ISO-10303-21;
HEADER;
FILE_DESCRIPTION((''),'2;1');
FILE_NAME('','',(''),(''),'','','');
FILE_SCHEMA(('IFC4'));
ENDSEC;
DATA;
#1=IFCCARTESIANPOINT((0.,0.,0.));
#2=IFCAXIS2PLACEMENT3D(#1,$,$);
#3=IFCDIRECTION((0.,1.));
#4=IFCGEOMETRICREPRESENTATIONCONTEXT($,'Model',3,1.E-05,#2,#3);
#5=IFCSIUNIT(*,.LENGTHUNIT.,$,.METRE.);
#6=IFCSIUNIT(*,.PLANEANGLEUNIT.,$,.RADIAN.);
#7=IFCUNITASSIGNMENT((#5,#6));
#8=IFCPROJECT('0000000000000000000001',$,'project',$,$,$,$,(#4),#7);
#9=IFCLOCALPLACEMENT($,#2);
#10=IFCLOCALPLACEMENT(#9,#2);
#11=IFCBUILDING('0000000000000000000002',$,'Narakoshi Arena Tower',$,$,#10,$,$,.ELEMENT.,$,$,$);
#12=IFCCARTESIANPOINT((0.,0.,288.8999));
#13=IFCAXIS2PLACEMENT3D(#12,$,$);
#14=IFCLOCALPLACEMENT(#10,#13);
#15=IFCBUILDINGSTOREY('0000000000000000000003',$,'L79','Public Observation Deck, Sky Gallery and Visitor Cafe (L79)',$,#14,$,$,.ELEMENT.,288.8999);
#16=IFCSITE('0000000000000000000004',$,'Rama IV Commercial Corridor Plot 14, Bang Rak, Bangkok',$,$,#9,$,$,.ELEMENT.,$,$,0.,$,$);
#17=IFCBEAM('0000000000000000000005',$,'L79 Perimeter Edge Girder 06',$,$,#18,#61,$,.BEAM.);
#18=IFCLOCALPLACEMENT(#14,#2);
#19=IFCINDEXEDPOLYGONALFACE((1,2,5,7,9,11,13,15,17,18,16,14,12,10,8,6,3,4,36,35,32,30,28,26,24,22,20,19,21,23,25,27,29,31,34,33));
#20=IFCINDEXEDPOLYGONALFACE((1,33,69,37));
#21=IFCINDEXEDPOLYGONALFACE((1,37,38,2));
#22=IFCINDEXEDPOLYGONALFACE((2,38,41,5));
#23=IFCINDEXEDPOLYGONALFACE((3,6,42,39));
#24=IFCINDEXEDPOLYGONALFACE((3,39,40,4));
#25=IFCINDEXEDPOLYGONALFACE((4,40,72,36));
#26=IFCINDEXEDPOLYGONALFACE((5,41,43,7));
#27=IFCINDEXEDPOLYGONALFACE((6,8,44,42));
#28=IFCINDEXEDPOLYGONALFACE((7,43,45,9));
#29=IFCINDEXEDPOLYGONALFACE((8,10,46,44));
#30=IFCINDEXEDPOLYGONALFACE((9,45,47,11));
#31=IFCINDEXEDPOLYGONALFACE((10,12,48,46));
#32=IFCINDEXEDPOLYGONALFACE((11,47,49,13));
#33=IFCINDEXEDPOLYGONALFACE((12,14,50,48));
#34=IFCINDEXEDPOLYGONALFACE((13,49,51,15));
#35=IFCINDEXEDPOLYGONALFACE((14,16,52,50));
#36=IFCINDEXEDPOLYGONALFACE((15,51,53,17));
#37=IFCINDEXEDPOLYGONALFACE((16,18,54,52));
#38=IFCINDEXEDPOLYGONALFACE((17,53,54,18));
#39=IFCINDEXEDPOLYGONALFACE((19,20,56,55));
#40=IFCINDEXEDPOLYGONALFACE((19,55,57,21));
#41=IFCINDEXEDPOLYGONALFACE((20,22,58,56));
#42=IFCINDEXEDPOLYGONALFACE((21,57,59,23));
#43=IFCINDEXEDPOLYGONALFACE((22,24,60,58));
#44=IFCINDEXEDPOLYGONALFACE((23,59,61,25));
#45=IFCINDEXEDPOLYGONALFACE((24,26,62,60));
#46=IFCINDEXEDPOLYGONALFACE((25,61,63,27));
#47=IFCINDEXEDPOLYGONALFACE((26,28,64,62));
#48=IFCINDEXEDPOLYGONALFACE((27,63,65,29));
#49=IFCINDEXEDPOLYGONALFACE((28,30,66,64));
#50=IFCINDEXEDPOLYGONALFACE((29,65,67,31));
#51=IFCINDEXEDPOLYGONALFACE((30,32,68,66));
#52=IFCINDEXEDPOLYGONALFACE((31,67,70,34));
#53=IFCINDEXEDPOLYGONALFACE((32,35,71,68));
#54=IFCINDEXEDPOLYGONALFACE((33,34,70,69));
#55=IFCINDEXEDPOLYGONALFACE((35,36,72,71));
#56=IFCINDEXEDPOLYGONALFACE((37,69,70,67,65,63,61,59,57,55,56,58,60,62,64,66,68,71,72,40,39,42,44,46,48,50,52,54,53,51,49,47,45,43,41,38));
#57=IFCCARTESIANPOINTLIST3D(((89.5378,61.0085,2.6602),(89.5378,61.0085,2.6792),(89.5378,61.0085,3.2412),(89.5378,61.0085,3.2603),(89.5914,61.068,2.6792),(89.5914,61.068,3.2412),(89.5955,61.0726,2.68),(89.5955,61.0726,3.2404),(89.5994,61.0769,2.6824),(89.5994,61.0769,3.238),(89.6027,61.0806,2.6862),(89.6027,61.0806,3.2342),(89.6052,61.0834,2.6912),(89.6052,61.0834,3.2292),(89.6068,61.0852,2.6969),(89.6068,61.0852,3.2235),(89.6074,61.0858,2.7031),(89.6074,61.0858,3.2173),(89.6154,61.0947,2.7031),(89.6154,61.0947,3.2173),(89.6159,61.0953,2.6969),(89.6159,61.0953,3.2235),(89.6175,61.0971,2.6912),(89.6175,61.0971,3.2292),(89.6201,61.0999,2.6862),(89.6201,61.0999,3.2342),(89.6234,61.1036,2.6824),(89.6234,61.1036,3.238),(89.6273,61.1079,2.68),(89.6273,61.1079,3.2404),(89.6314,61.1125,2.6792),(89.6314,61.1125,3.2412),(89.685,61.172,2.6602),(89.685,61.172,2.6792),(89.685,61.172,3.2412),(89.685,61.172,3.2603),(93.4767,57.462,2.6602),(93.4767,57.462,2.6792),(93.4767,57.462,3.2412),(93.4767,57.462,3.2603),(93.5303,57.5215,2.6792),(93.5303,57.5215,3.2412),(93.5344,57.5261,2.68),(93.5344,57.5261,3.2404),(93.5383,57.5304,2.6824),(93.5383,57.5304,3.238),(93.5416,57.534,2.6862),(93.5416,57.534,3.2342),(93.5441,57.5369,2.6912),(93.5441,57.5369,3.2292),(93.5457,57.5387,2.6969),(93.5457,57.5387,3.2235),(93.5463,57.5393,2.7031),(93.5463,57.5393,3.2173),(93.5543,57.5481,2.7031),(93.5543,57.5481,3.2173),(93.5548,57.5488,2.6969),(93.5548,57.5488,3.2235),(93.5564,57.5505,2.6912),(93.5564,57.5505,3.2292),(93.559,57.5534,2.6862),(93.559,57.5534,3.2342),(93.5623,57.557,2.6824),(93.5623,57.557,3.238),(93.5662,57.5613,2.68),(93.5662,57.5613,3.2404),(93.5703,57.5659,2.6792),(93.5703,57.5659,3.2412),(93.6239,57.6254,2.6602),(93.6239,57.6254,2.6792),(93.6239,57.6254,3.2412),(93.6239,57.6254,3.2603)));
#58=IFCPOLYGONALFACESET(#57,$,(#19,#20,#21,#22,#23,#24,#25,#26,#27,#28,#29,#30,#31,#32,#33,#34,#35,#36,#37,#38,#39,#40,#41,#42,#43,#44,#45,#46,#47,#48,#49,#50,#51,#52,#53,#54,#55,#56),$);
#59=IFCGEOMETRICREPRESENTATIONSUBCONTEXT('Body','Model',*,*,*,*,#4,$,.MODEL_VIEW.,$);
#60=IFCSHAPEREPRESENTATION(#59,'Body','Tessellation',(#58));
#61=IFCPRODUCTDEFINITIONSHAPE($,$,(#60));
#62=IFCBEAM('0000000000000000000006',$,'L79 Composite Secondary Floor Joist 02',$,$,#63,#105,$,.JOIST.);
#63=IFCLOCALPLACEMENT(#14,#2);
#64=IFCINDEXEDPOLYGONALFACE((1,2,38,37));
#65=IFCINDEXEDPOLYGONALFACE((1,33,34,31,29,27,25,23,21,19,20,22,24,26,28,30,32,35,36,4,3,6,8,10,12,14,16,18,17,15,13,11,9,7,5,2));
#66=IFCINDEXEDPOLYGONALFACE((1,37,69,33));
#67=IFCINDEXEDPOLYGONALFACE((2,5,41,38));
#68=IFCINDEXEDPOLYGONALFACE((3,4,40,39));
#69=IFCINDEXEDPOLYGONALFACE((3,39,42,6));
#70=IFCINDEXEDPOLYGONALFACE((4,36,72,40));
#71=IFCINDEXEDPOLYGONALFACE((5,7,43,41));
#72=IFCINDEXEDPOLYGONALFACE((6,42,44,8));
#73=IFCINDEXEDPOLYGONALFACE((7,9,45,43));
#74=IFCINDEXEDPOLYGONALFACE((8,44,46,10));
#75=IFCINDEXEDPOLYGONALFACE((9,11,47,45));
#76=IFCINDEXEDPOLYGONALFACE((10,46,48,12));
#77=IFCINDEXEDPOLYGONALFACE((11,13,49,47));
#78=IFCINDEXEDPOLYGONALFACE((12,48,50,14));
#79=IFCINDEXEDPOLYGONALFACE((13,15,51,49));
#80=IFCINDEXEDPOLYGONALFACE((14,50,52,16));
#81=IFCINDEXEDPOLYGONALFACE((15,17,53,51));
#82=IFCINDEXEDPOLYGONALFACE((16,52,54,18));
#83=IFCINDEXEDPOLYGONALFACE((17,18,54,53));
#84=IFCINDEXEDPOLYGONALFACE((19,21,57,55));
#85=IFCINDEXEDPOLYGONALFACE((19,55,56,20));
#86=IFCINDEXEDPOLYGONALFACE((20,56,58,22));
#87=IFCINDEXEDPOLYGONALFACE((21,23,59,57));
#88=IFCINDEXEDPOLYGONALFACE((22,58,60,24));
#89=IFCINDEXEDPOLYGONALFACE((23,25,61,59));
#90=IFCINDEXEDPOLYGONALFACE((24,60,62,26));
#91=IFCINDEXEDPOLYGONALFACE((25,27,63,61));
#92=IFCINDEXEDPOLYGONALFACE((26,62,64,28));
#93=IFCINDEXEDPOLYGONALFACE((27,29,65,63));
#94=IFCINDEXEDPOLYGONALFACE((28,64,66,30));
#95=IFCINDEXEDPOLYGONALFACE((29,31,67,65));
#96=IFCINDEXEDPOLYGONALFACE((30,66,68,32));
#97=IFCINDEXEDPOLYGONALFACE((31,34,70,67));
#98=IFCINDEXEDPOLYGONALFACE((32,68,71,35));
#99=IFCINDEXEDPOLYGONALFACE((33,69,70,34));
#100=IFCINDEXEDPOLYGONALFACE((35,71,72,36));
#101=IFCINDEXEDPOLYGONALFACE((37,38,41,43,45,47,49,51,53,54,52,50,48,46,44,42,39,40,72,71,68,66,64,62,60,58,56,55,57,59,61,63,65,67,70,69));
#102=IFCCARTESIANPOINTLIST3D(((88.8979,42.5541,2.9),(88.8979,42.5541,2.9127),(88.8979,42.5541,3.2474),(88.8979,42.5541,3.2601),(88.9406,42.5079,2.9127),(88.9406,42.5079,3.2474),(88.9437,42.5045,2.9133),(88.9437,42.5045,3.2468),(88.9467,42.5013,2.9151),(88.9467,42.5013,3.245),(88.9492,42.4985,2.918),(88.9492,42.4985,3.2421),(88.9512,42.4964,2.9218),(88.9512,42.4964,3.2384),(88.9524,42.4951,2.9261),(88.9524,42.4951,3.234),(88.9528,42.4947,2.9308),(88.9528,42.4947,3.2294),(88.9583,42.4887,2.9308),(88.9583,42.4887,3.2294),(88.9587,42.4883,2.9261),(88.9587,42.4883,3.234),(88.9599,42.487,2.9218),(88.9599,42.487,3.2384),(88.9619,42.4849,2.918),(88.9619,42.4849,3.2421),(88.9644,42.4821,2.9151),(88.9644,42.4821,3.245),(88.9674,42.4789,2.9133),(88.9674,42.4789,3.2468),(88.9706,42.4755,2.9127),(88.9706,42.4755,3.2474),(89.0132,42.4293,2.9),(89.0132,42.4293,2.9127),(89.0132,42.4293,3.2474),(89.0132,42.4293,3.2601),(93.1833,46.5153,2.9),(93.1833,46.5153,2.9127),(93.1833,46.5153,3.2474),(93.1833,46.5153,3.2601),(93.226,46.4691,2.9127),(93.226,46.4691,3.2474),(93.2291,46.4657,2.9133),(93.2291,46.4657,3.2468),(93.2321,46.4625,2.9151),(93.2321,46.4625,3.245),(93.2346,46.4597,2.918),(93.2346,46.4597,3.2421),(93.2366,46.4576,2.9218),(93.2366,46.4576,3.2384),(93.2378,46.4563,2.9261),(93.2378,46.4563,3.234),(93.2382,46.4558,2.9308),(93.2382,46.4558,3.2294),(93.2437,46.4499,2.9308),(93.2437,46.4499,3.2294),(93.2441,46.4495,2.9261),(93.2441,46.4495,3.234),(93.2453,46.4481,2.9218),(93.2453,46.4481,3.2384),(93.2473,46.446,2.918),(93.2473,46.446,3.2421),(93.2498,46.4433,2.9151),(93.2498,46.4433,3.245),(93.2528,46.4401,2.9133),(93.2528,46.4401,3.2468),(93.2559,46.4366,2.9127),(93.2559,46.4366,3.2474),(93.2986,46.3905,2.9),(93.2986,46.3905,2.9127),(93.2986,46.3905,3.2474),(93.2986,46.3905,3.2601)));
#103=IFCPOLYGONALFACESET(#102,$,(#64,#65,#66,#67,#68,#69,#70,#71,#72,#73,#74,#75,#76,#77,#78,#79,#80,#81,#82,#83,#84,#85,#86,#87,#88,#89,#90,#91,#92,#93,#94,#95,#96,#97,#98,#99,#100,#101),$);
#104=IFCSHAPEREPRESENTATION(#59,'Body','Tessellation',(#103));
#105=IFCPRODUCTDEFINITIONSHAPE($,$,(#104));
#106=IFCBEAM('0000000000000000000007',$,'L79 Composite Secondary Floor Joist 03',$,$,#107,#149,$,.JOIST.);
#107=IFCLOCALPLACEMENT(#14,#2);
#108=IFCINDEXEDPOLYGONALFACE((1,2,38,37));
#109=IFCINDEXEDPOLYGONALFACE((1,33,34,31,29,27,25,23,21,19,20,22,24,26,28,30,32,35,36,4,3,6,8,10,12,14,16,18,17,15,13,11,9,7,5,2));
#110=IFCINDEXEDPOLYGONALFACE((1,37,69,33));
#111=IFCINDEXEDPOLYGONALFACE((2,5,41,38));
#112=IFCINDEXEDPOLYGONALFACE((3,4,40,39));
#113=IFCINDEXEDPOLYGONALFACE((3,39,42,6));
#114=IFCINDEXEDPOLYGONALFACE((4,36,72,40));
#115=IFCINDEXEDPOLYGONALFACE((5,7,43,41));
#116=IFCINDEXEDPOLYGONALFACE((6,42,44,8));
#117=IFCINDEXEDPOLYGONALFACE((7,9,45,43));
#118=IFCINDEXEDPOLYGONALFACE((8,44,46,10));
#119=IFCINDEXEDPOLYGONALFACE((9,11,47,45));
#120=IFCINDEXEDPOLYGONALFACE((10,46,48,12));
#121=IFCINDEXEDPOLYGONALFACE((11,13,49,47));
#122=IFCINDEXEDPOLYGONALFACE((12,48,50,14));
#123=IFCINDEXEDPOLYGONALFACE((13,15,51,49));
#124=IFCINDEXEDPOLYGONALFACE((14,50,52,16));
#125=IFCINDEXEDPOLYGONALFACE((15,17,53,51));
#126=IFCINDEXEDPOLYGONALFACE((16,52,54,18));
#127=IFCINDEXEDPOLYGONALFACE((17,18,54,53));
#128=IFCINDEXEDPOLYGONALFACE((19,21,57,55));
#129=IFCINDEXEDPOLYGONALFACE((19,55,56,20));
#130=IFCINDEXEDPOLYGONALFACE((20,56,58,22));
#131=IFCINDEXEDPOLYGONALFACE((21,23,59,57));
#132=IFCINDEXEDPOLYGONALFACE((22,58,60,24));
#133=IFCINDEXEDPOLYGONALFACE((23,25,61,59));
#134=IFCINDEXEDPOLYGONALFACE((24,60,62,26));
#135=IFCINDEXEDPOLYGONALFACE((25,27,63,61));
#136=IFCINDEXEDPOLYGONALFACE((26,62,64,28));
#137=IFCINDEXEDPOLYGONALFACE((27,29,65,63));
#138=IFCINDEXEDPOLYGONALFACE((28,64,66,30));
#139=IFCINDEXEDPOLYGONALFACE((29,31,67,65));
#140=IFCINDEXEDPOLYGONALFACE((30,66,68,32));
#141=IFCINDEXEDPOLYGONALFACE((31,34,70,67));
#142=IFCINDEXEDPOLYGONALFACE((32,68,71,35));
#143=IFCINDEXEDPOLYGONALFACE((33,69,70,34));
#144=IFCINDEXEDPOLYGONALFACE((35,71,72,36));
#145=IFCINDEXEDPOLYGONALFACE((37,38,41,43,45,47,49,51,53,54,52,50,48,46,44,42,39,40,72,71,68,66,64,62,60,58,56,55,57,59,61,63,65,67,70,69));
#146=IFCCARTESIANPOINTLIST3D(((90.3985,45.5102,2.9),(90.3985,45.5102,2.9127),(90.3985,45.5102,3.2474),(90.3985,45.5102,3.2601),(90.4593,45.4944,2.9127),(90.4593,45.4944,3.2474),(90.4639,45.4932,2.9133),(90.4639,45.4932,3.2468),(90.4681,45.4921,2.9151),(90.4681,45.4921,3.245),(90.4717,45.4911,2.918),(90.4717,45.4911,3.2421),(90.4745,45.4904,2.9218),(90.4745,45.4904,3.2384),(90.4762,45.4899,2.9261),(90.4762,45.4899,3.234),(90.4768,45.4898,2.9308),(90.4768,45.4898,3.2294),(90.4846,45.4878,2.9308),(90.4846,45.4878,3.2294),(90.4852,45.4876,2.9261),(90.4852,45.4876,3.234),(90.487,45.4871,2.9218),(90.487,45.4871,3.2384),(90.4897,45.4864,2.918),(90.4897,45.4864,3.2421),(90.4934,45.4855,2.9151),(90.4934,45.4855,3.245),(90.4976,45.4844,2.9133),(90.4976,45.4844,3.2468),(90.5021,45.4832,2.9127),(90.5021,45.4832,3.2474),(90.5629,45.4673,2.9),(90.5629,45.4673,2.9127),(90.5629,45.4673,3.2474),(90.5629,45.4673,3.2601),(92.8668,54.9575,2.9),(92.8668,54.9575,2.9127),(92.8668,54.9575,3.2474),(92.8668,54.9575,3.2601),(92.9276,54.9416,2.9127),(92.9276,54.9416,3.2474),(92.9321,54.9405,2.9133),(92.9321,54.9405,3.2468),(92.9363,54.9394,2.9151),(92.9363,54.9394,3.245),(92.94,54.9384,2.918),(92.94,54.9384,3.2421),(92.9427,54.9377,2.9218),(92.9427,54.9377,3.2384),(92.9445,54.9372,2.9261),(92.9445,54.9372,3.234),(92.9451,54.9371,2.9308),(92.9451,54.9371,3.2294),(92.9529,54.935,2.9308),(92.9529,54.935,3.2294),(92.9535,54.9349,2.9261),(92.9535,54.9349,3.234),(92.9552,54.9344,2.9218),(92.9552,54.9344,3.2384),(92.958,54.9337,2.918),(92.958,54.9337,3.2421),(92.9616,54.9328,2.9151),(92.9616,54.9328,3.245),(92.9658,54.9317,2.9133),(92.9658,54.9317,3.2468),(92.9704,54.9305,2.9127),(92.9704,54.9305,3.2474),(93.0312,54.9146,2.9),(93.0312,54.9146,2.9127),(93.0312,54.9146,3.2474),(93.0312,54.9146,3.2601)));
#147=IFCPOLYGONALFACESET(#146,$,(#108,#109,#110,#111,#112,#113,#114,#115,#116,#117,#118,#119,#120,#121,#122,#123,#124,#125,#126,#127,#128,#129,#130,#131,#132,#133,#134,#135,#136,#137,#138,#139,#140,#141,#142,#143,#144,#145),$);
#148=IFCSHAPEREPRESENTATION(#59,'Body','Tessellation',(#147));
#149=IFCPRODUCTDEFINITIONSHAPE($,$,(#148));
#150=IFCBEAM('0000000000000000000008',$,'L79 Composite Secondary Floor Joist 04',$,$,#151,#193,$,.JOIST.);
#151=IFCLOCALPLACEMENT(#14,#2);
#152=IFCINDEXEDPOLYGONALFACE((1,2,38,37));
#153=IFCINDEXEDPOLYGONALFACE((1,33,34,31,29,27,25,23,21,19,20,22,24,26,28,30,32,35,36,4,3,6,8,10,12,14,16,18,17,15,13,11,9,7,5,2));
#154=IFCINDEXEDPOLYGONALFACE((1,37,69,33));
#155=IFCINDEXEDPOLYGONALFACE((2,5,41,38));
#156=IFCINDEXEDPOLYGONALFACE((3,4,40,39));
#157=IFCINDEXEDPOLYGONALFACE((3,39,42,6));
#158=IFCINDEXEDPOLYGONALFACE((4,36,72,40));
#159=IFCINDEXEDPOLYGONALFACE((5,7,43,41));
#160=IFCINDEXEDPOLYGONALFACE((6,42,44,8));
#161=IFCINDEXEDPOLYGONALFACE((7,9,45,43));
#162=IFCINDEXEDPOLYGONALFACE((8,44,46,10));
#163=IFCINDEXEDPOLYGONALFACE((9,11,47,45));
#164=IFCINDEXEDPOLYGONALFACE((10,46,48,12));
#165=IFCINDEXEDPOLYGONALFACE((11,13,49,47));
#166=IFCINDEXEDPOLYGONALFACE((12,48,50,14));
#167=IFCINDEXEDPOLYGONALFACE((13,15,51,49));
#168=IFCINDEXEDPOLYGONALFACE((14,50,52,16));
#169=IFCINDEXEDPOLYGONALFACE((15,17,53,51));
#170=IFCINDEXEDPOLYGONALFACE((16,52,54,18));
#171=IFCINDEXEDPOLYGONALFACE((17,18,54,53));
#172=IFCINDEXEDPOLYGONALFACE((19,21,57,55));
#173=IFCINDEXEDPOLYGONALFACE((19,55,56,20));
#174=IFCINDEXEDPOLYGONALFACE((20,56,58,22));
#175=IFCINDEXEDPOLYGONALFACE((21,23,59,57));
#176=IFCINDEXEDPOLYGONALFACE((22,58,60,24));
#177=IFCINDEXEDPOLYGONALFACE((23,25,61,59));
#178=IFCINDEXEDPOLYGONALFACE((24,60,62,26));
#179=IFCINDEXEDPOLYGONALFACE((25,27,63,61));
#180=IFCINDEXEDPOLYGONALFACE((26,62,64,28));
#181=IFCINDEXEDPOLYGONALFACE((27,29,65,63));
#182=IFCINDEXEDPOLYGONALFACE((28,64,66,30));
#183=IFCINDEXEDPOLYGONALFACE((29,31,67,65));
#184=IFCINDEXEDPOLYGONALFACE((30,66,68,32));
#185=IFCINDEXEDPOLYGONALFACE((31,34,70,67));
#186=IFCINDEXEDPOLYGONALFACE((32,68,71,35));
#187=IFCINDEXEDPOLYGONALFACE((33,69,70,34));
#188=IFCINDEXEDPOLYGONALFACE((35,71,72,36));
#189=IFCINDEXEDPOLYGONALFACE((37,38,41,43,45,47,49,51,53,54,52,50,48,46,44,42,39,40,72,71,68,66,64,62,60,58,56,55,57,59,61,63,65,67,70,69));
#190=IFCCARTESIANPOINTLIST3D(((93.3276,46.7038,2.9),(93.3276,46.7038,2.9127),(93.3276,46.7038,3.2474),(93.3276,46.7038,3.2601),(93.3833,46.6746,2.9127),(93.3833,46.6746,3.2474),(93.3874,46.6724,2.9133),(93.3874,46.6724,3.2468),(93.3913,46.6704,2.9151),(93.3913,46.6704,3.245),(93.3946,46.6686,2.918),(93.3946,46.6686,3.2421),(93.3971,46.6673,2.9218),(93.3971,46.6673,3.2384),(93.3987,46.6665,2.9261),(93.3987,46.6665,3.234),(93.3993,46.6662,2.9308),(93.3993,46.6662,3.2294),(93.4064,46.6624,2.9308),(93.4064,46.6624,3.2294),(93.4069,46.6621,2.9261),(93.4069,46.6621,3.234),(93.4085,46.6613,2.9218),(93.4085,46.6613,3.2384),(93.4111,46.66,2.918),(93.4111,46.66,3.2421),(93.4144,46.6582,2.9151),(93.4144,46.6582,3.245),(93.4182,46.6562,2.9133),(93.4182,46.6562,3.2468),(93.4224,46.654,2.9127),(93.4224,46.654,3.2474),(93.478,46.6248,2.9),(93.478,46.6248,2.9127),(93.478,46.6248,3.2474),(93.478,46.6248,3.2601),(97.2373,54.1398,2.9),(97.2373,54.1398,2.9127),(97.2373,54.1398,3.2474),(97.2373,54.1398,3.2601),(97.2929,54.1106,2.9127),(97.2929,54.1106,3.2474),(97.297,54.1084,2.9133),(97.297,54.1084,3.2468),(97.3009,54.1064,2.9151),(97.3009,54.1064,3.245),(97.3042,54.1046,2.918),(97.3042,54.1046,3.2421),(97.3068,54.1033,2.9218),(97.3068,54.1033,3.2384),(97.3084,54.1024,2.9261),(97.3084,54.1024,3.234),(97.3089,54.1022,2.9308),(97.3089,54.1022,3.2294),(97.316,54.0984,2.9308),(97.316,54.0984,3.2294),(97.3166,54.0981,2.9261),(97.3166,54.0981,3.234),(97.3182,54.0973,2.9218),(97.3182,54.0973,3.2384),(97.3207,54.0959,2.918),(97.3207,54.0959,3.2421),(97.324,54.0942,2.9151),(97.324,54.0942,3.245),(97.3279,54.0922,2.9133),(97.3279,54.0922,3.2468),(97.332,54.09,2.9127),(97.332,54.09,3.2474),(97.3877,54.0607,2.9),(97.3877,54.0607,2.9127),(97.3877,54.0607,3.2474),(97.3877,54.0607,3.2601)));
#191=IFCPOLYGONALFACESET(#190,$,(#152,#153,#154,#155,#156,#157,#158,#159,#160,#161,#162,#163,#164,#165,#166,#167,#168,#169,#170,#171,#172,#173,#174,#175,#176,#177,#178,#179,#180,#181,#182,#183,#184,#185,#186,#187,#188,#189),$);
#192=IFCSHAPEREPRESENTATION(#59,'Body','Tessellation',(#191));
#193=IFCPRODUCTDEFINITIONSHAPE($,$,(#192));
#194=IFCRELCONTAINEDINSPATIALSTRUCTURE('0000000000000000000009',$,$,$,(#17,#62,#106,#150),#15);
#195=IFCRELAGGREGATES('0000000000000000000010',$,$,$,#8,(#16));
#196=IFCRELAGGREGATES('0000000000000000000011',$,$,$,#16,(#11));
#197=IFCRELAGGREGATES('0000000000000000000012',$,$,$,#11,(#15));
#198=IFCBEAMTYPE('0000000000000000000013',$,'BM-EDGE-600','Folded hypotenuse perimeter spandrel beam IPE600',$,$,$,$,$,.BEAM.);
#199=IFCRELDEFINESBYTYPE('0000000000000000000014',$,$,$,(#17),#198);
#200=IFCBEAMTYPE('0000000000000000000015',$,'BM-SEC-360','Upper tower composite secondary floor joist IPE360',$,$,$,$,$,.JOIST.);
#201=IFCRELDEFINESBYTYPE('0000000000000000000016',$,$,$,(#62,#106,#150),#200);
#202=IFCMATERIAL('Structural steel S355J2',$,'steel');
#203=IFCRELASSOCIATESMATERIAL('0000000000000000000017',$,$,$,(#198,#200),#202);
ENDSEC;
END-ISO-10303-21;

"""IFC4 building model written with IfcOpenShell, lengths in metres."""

from ifc_helpers import new_model, si_unit, direction, frame, origin, origin_2d, place, context, subcontext, project, spatial, i_section, extrude, material, material_profile, profile_set, type_object, element, save


model = new_model("IFC4")

# Units and contexts
model_context = context("Model", 3, precision=1e-05, world=origin(), true_north=direction((0.0, 1.0)))
body_context = subcontext(model_context, "Body", "Model", "MODEL_VIEW")
ifc_project = project(units=[si_unit("LENGTHUNIT", "METRE"), si_unit("PLANEANGLEUNIT", "RADIAN")], contexts=[model_context])

# Site, building, storey
site_placement = place(None, origin())
site = spatial("IfcSite", under=ifc_project, at=site_placement, Name="Rama IV Commercial Corridor Plot 14, Bang Rak, Bangkok", CompositionType="ELEMENT", RefElevation=0.0)
building_placement = place(site_placement, origin())
building = spatial("IfcBuilding", under=site, at=building_placement, Name="Narakoshi Arena Tower", CompositionType="ELEMENT")
storey_placement = place(building_placement, frame((0.0, 0.0, 288.8999)))
storey = spatial("IfcBuildingStorey", under=building, at=storey_placement, Name="L79", Description="Public Observation Deck, Sky Gallery and Visitor Cafe (L79)", CompositionType="ELEMENT", Elevation=288.8999)

# Shared definitions
ifc_material_1 = material(Name="Structural steel S355J2", Category="steel")

# Beams
ifc_material_profile_1 = material_profile(ifc_material_1, i_section(OverallWidth=0.22, OverallDepth=0.6001, WebThickness=0.012, FlangeThickness=0.019, FilletRadius=0.0239, at=origin_2d()), Name="IPE600")
ifc_profile_set_1 = profile_set([ifc_material_profile_1], Name="Structural steel S355J2")
beam_type_1 = type_object("IfcBeamType", Name="BM-EDGE-600", Description="Folded hypotenuse perimeter spandrel beam IPE600", PredefinedType="BEAM", material=ifc_profile_set_1)
beam_1_placement = place(storey_placement, frame((93.5503, 57.5437, 2.9602), z_axis=(-0.743148, 0.669128, 0.0), x_axis=(-0.669128, -0.743148, 0.0)))
element("IfcBeam", 1, at=beam_1_placement, inside=storey, type_object=beam_type_1, Name="L79 Perimeter Edge Girder 06", PredefinedType="BEAM", context=body_context, shape_type="SweptSolid", body=[
    extrude(i_section(OverallWidth=0.22, OverallDepth=0.6001, WebThickness=0.012, FlangeThickness=0.019, FilletRadius=0.0239, at=origin_2d()), origin(), (0.0, 0.0, 1.0), 5.3003),
])
ifc_material_profile_2 = material_profile(ifc_material_1, i_section(OverallWidth=0.1699, OverallDepth=0.3601, WebThickness=0.0081, FlangeThickness=0.0127, FilletRadius=0.0181, at=origin_2d()), Name="IPE360")
ifc_profile_set_2 = profile_set([ifc_material_profile_2], Name="Structural steel S355J2")
beam_type_2 = type_object("IfcBeamType", Name="BM-SEC-360", Description="Upper tower composite secondary floor joist IPE360", PredefinedType="JOIST", material=ifc_profile_set_2)
beam_2_placement = place(storey_placement, frame((88.9556, 42.4917, 3.0801), z_axis=(0.73434, 0.678782, 0.0), x_axis=(-0.678782, 0.73434, 0.0)))
element("IfcBeam", 2, at=beam_2_placement, inside=storey, type_object=beam_type_2, Name="L79 Composite Secondary Floor Joist 02", PredefinedType="JOIST", context=body_context, shape_type="SweptSolid", body=[
    extrude(i_section(OverallWidth=0.1699, OverallDepth=0.3601, WebThickness=0.0081, FlangeThickness=0.0127, FilletRadius=0.0181, at=origin_2d()), origin(), (0.0, 0.0, 1.0), 5.8357),
])
beam_3_placement = place(storey_placement, frame((90.4807, 45.4888, 3.0801), z_axis=(0.252782, 0.967523, 0.0), x_axis=(-0.967523, 0.252782, 0.0)))
element("IfcBeam", 3, at=beam_3_placement, inside=storey, type_object=beam_type_2, Name="L79 Composite Secondary Floor Joist 03", PredefinedType="JOIST", context=body_context, shape_type="SweptSolid", body=[
    extrude(i_section(OverallWidth=0.1699, OverallDepth=0.3601, WebThickness=0.0081, FlangeThickness=0.0127, FilletRadius=0.0181, at=origin_2d()), origin(), (0.0, 0.0, 1.0), 9.7644),
])
beam_4_placement = place(storey_placement, frame((93.4028, 46.6643, 3.0801), z_axis=(0.46537, 0.885116, 0.0), x_axis=(-0.885116, 0.46537, 0.0)))
element("IfcBeam", 4, at=beam_4_placement, inside=storey, type_object=beam_type_2, Name="L79 Composite Secondary Floor Joist 04", PredefinedType="JOIST", context=body_context, shape_type="SweptSolid", body=[
    extrude(i_section(OverallWidth=0.1699, OverallDepth=0.3601, WebThickness=0.0081, FlangeThickness=0.0127, FilletRadius=0.0181, at=origin_2d()), origin(), (0.0, 0.0, 1.0), 8.4011),
])

save(model, "model.ifc")
